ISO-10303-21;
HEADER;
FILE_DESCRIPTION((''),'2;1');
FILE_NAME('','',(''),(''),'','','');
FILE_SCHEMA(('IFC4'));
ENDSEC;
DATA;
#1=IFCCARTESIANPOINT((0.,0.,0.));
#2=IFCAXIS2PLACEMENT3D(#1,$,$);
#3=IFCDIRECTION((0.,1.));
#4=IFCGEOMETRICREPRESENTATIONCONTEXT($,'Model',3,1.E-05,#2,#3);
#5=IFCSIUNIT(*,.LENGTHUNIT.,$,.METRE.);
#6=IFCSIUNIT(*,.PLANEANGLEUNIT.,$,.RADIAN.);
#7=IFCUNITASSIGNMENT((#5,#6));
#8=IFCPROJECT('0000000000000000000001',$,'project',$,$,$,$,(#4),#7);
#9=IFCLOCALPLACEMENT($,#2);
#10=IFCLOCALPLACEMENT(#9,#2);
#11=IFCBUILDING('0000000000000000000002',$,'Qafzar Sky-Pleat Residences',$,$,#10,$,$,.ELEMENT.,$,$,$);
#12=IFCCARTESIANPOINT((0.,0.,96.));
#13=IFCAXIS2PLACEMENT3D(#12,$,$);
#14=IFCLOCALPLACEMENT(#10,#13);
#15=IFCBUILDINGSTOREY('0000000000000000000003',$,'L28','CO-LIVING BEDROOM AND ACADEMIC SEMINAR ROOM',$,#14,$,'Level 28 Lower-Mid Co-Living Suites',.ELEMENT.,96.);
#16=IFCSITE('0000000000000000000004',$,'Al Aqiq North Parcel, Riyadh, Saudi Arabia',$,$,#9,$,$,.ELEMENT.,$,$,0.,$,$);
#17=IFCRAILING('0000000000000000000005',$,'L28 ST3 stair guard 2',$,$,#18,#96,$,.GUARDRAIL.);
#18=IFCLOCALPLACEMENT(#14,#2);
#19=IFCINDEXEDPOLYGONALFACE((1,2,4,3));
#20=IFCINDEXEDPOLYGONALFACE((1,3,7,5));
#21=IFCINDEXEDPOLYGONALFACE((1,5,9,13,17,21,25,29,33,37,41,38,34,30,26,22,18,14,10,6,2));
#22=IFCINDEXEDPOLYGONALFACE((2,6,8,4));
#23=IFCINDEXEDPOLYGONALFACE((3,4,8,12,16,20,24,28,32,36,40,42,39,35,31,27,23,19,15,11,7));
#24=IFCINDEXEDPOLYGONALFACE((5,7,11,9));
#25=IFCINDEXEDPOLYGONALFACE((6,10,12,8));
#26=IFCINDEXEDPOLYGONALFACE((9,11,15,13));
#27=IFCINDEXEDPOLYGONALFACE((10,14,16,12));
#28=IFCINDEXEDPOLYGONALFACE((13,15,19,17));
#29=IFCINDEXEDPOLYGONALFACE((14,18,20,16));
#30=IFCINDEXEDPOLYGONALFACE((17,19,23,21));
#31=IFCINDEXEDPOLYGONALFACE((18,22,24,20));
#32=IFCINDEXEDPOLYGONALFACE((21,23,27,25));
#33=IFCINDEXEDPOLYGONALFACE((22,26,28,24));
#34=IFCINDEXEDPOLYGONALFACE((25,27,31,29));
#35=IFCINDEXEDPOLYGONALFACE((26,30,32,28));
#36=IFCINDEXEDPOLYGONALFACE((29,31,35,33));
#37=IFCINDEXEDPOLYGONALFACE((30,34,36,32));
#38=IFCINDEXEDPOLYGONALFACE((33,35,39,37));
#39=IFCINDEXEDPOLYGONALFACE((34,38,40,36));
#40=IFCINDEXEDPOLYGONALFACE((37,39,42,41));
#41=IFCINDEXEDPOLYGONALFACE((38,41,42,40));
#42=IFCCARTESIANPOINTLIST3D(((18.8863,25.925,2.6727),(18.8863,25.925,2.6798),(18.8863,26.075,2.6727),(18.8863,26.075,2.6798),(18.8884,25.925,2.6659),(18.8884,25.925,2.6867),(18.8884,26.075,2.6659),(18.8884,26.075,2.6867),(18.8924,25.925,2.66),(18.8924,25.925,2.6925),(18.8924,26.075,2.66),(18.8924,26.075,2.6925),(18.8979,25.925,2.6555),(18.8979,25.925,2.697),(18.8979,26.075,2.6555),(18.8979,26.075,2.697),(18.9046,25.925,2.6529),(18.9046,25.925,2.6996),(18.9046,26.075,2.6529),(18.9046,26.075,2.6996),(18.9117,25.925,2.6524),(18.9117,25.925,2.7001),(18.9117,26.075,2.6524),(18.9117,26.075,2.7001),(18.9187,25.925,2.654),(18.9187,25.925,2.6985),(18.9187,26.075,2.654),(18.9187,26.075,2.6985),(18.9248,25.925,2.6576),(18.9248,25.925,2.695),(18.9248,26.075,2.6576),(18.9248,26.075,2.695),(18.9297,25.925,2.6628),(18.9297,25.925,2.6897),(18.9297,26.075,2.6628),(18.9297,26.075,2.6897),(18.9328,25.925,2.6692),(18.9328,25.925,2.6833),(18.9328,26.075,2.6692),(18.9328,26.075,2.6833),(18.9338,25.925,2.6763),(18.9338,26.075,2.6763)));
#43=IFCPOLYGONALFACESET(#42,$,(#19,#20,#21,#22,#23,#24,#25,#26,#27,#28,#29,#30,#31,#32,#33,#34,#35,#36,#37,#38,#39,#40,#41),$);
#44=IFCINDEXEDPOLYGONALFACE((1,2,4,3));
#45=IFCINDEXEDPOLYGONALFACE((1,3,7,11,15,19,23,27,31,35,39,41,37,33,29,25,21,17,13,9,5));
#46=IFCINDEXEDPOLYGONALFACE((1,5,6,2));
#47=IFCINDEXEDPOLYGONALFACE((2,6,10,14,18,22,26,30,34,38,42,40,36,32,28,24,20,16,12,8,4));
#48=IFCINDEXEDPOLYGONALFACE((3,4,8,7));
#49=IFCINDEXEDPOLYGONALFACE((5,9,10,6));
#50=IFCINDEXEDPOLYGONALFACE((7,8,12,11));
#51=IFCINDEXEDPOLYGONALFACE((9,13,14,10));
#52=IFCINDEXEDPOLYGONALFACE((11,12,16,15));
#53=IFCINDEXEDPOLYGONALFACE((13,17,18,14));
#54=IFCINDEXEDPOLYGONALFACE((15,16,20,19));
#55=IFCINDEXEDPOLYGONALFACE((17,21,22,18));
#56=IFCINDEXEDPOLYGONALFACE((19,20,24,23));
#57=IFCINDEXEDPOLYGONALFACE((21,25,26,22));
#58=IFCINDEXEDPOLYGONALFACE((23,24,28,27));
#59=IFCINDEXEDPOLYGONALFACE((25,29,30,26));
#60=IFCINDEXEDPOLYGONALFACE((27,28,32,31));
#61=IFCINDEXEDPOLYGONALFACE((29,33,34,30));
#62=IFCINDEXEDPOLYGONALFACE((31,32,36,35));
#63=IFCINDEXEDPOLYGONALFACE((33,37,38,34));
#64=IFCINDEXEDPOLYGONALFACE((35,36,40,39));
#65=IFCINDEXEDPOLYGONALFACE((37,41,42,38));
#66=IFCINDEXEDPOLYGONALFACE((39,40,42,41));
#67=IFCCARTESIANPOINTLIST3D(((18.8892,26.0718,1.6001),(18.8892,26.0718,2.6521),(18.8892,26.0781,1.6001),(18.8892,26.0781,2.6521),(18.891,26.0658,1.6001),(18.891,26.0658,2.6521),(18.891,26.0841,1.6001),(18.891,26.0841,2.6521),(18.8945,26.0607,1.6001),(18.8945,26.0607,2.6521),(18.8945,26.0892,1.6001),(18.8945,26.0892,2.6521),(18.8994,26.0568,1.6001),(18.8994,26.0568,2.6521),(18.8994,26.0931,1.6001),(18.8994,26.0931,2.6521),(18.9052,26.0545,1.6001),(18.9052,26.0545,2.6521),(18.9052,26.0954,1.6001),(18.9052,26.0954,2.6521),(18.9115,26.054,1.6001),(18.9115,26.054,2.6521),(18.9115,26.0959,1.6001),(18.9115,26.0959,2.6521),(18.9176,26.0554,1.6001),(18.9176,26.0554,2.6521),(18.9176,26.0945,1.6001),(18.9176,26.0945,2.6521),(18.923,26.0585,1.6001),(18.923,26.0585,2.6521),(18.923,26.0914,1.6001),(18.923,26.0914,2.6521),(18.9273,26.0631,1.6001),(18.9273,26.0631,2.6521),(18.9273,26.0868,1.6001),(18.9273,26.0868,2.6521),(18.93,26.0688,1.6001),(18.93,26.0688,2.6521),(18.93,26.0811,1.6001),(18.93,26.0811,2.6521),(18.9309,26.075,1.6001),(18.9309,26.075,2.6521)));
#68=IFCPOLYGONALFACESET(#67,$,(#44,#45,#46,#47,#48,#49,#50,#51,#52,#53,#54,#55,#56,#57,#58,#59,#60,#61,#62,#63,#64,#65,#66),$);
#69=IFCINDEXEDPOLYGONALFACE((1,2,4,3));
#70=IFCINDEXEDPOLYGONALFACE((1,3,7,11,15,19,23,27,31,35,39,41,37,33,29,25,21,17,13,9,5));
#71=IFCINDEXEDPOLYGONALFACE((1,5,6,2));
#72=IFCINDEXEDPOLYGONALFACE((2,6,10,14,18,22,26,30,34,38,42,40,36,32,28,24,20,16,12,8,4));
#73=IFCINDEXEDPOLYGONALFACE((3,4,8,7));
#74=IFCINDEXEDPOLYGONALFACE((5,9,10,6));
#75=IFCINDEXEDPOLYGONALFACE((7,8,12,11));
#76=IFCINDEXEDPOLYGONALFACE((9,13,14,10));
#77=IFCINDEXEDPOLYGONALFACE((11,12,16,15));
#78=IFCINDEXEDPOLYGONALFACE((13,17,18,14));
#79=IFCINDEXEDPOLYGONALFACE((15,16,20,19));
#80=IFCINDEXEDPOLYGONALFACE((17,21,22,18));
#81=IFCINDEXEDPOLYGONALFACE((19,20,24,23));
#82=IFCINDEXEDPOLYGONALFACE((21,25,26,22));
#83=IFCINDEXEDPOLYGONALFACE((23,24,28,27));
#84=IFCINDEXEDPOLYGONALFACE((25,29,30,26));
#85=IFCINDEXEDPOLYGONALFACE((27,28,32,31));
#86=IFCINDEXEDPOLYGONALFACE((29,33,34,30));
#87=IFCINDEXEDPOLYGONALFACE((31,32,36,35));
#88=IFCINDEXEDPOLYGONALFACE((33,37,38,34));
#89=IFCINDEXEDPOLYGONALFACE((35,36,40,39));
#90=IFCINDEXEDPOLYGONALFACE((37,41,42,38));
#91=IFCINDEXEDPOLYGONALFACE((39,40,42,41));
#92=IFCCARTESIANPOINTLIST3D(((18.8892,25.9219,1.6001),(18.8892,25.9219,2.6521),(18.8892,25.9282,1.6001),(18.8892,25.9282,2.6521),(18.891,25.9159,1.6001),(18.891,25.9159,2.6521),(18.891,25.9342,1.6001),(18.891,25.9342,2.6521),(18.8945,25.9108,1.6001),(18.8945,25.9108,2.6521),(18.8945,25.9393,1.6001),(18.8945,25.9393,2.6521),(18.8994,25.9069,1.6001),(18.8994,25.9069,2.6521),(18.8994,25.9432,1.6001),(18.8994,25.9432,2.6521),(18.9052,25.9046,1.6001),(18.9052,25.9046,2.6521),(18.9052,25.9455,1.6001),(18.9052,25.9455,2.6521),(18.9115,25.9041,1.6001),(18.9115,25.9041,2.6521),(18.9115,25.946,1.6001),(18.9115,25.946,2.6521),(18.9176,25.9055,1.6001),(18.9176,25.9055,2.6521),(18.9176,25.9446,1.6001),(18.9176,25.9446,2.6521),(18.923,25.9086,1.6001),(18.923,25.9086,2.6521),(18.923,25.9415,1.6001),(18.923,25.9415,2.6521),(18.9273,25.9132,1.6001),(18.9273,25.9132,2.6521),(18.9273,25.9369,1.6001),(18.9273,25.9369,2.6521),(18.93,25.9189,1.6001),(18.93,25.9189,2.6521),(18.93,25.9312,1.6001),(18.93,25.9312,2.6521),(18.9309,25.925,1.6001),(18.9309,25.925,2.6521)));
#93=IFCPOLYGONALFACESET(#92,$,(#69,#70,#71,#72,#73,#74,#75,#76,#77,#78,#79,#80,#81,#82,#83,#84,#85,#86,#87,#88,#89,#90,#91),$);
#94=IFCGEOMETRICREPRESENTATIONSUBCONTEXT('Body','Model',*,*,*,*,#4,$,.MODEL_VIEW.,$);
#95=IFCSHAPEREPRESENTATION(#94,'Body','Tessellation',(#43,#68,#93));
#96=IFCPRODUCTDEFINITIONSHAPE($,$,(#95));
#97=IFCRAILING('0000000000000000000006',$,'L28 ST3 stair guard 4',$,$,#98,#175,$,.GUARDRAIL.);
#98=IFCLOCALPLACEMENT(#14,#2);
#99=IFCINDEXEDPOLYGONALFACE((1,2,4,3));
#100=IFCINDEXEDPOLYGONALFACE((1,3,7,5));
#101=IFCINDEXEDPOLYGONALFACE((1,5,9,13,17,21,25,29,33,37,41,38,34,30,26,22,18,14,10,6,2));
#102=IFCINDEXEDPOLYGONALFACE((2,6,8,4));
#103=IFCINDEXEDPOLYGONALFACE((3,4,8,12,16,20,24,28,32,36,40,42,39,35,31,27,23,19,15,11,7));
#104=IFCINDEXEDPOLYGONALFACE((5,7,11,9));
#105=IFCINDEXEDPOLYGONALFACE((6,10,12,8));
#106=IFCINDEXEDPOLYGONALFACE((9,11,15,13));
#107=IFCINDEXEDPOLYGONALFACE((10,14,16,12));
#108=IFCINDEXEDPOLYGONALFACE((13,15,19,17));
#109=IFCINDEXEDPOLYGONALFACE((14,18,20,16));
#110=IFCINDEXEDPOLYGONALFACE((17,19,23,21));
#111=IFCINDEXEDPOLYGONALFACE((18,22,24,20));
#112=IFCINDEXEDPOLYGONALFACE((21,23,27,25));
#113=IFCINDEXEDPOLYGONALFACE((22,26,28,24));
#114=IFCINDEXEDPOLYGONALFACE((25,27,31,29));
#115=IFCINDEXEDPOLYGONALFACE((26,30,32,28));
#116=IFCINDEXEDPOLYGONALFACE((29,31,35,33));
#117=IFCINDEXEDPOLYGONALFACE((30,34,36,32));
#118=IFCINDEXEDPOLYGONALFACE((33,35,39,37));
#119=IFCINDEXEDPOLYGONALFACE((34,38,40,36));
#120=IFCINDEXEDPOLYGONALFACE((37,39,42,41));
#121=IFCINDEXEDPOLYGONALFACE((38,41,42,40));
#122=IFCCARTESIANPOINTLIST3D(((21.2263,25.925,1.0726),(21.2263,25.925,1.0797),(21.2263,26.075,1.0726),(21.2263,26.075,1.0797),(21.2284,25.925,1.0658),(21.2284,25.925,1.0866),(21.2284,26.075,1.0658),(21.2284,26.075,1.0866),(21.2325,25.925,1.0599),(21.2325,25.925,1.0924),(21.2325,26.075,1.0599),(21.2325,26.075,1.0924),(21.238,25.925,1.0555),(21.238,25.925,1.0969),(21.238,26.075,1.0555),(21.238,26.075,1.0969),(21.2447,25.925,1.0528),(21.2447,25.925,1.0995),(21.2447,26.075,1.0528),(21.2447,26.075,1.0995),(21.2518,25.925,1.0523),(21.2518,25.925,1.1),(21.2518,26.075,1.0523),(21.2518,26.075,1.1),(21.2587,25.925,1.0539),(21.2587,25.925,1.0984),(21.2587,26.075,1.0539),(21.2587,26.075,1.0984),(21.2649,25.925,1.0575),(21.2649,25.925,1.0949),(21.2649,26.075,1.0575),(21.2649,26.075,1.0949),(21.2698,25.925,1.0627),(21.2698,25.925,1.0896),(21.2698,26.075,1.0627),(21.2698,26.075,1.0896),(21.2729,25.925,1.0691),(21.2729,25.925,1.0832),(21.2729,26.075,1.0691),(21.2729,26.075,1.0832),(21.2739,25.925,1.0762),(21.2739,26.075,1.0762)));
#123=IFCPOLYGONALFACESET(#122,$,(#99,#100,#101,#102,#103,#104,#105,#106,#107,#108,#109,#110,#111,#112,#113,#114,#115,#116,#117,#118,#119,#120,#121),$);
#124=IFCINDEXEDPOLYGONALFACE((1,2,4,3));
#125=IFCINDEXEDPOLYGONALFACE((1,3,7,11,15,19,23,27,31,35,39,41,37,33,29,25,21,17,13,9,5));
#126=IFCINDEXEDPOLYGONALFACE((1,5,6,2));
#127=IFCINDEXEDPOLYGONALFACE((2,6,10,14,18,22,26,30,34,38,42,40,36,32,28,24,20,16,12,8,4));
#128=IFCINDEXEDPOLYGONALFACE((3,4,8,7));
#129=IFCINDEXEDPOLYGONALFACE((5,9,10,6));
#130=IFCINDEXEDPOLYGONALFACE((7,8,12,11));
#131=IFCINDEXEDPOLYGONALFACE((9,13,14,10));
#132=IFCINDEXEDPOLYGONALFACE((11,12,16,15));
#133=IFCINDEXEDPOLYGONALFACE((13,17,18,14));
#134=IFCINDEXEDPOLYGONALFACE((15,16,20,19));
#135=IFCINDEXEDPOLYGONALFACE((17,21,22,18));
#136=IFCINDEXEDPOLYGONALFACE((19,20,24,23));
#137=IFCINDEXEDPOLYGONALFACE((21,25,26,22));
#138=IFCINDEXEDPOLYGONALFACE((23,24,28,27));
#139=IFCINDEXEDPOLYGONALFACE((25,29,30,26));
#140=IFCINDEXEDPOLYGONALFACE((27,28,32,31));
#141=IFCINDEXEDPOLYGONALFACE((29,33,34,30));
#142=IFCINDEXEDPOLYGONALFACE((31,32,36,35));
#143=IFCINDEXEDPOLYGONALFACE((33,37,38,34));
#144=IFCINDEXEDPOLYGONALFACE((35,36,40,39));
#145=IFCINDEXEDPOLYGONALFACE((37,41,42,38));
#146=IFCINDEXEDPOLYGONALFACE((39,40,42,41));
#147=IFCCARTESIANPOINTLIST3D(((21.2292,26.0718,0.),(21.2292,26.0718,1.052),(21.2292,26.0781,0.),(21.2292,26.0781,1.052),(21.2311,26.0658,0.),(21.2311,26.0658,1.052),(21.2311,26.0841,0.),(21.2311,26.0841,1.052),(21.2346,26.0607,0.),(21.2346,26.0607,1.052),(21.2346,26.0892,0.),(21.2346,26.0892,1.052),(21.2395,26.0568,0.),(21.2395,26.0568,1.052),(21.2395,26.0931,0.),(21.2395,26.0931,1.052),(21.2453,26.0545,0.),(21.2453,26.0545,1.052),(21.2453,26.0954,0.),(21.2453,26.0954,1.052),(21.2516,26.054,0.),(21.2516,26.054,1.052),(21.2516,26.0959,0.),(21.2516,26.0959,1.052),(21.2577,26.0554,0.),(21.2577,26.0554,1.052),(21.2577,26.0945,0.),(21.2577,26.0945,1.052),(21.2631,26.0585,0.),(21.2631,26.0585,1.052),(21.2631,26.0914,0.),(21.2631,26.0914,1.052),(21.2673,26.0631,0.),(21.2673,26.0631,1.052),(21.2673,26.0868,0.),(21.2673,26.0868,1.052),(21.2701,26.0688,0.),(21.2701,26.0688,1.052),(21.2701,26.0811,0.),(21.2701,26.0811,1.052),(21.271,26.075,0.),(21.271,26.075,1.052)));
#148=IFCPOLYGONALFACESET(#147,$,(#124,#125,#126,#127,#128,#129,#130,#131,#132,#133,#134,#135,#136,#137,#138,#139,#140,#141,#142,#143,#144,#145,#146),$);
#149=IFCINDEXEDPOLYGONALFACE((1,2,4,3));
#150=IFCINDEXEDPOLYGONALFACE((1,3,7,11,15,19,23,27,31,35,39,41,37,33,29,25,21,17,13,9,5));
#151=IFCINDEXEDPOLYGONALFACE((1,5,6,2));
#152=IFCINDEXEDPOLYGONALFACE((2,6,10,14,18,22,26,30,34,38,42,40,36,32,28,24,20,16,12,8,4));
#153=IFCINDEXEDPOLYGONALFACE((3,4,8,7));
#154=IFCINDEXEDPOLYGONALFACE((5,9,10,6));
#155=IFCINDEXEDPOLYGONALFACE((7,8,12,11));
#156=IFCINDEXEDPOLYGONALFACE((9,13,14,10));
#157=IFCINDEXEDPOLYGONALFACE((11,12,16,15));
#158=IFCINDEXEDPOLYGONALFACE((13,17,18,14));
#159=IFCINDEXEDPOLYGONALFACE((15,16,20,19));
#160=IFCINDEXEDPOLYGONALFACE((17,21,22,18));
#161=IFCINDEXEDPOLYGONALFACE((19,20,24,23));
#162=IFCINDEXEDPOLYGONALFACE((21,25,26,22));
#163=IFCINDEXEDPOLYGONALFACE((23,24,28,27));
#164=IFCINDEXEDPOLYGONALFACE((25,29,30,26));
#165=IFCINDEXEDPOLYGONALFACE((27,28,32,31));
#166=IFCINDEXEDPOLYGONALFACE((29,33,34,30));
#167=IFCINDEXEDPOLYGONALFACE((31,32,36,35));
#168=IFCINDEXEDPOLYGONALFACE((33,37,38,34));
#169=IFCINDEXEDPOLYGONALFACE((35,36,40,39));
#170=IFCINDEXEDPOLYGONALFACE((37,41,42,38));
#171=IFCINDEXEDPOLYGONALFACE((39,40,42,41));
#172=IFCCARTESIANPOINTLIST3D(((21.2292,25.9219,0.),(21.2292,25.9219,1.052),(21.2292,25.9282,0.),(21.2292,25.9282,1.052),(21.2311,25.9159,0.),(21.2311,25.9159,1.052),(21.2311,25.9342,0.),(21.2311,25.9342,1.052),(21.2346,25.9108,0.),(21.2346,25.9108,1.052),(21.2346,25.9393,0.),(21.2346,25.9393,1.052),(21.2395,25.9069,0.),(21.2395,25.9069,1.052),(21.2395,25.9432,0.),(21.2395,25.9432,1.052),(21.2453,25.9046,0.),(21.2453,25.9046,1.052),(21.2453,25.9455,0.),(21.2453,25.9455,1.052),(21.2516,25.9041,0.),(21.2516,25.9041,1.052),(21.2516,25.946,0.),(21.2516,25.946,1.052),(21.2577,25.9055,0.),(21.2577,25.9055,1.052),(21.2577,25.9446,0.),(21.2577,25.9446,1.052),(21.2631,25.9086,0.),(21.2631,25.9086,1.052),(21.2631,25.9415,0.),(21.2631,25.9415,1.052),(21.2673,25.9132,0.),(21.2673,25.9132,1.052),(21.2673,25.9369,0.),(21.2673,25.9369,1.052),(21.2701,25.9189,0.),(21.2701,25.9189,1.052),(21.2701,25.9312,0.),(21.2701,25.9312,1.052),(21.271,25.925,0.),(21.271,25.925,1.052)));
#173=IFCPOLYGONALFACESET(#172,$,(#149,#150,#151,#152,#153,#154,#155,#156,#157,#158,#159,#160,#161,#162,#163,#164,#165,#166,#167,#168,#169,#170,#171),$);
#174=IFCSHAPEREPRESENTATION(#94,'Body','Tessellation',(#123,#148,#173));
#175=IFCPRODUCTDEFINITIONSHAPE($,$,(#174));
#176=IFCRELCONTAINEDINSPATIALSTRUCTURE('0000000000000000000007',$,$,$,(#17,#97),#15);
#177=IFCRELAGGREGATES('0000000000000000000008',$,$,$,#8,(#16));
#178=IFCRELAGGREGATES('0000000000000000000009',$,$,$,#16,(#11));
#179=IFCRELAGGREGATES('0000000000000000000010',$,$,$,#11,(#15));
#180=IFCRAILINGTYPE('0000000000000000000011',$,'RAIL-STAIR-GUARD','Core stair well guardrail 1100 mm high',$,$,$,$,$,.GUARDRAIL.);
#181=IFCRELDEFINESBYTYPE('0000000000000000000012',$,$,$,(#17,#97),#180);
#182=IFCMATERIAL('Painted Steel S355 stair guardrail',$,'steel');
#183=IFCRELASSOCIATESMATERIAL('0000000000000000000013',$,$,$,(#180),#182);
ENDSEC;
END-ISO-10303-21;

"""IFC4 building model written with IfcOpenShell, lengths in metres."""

from ifc_helpers import new_model, si_unit, direction, frame, origin, origin_2d, place, context, subcontext, project, spatial, circle, extrude, source, transform, mapped, material, type_object, element, save


model = new_model("IFC4")

# Units and contexts
model_context = context("Model", 3, precision=1e-05, world=origin(), true_north=direction((0.0, 1.0)))
body_context = subcontext(model_context, "Body", "Model", "MODEL_VIEW")
ifc_project = project(units=[si_unit("LENGTHUNIT", "METRE"), si_unit("PLANEANGLEUNIT", "RADIAN")], contexts=[model_context])

# Site, building, storey
site_placement = place(None, origin())
site = spatial("IfcSite", under=ifc_project, at=site_placement, Name="Al Aqiq North Parcel, Riyadh, Saudi Arabia", CompositionType="ELEMENT", RefElevation=0.0)
building_placement = place(site_placement, origin())
building = spatial("IfcBuilding", under=site, at=building_placement, Name="Qafzar Sky-Pleat Residences", CompositionType="ELEMENT")
storey_placement = place(building_placement, frame((0.0, 0.0, 96.0)))
storey = spatial("IfcBuildingStorey", under=building, at=storey_placement, Name="L28", Description="CO-LIVING BEDROOM AND ACADEMIC SEMINAR ROOM", LongName="Level 28 Lower-Mid Co-Living Suites", CompositionType="ELEMENT", Elevation=96.0)

# Railings
ifc_material_1 = material(Name="Painted Steel S355 stair guardrail", Category="steel")
railing_type_1 = type_object("IfcRailingType", Name="RAIL-STAIR-GUARD", Description="Core stair well guardrail 1100 mm high", PredefinedType="GUARDRAIL", material=ifc_material_1)
shared_shape_1 = source(origin(), body_context, "Body", "SweptSolid", [
    extrude(circle(Radius=0.0239, at=origin_2d()), frame((0.0, 0.0, 1.0762), z_axis=(0.0, -1.0, 0.0), x_axis=(1.0, 0.0, 0.0)), (0.0, 0.0, 1.0), 0.1499),
    extrude(circle(Radius=0.021, at=origin_2d()), origin(), (0.0, 0.0, 1.0), 1.052),
    extrude(circle(Radius=0.021, at=origin_2d()), frame((0.0, -0.1499, 0.0)), (0.0, 0.0, 1.0), 1.052),
])
for number, where, name in (
    (1, (18.9099, 26.075, 1.6001), "L28 ST3 stair guard 2"),
    (2, (21.25, 26.075, 0.0), "L28 ST3 stair guard 4"),
):
    element("IfcRailing", number, at=place(storey_placement, frame(where)), inside=storey, type_object=railing_type_1, Name=name, PredefinedType="GUARDRAIL", context=body_context, shape_type="MappedRepresentation", body=[
        mapped(shared_shape_1, transform((0.0, 0.0, 0.0), x_axis=(1.0, 0.0, 0.0), y_axis=(0.0, 1.0, 0.0), z_axis=(0.0, 0.0, 1.0), scale=1.0)),
    ])

save(model, "model.ifc")
